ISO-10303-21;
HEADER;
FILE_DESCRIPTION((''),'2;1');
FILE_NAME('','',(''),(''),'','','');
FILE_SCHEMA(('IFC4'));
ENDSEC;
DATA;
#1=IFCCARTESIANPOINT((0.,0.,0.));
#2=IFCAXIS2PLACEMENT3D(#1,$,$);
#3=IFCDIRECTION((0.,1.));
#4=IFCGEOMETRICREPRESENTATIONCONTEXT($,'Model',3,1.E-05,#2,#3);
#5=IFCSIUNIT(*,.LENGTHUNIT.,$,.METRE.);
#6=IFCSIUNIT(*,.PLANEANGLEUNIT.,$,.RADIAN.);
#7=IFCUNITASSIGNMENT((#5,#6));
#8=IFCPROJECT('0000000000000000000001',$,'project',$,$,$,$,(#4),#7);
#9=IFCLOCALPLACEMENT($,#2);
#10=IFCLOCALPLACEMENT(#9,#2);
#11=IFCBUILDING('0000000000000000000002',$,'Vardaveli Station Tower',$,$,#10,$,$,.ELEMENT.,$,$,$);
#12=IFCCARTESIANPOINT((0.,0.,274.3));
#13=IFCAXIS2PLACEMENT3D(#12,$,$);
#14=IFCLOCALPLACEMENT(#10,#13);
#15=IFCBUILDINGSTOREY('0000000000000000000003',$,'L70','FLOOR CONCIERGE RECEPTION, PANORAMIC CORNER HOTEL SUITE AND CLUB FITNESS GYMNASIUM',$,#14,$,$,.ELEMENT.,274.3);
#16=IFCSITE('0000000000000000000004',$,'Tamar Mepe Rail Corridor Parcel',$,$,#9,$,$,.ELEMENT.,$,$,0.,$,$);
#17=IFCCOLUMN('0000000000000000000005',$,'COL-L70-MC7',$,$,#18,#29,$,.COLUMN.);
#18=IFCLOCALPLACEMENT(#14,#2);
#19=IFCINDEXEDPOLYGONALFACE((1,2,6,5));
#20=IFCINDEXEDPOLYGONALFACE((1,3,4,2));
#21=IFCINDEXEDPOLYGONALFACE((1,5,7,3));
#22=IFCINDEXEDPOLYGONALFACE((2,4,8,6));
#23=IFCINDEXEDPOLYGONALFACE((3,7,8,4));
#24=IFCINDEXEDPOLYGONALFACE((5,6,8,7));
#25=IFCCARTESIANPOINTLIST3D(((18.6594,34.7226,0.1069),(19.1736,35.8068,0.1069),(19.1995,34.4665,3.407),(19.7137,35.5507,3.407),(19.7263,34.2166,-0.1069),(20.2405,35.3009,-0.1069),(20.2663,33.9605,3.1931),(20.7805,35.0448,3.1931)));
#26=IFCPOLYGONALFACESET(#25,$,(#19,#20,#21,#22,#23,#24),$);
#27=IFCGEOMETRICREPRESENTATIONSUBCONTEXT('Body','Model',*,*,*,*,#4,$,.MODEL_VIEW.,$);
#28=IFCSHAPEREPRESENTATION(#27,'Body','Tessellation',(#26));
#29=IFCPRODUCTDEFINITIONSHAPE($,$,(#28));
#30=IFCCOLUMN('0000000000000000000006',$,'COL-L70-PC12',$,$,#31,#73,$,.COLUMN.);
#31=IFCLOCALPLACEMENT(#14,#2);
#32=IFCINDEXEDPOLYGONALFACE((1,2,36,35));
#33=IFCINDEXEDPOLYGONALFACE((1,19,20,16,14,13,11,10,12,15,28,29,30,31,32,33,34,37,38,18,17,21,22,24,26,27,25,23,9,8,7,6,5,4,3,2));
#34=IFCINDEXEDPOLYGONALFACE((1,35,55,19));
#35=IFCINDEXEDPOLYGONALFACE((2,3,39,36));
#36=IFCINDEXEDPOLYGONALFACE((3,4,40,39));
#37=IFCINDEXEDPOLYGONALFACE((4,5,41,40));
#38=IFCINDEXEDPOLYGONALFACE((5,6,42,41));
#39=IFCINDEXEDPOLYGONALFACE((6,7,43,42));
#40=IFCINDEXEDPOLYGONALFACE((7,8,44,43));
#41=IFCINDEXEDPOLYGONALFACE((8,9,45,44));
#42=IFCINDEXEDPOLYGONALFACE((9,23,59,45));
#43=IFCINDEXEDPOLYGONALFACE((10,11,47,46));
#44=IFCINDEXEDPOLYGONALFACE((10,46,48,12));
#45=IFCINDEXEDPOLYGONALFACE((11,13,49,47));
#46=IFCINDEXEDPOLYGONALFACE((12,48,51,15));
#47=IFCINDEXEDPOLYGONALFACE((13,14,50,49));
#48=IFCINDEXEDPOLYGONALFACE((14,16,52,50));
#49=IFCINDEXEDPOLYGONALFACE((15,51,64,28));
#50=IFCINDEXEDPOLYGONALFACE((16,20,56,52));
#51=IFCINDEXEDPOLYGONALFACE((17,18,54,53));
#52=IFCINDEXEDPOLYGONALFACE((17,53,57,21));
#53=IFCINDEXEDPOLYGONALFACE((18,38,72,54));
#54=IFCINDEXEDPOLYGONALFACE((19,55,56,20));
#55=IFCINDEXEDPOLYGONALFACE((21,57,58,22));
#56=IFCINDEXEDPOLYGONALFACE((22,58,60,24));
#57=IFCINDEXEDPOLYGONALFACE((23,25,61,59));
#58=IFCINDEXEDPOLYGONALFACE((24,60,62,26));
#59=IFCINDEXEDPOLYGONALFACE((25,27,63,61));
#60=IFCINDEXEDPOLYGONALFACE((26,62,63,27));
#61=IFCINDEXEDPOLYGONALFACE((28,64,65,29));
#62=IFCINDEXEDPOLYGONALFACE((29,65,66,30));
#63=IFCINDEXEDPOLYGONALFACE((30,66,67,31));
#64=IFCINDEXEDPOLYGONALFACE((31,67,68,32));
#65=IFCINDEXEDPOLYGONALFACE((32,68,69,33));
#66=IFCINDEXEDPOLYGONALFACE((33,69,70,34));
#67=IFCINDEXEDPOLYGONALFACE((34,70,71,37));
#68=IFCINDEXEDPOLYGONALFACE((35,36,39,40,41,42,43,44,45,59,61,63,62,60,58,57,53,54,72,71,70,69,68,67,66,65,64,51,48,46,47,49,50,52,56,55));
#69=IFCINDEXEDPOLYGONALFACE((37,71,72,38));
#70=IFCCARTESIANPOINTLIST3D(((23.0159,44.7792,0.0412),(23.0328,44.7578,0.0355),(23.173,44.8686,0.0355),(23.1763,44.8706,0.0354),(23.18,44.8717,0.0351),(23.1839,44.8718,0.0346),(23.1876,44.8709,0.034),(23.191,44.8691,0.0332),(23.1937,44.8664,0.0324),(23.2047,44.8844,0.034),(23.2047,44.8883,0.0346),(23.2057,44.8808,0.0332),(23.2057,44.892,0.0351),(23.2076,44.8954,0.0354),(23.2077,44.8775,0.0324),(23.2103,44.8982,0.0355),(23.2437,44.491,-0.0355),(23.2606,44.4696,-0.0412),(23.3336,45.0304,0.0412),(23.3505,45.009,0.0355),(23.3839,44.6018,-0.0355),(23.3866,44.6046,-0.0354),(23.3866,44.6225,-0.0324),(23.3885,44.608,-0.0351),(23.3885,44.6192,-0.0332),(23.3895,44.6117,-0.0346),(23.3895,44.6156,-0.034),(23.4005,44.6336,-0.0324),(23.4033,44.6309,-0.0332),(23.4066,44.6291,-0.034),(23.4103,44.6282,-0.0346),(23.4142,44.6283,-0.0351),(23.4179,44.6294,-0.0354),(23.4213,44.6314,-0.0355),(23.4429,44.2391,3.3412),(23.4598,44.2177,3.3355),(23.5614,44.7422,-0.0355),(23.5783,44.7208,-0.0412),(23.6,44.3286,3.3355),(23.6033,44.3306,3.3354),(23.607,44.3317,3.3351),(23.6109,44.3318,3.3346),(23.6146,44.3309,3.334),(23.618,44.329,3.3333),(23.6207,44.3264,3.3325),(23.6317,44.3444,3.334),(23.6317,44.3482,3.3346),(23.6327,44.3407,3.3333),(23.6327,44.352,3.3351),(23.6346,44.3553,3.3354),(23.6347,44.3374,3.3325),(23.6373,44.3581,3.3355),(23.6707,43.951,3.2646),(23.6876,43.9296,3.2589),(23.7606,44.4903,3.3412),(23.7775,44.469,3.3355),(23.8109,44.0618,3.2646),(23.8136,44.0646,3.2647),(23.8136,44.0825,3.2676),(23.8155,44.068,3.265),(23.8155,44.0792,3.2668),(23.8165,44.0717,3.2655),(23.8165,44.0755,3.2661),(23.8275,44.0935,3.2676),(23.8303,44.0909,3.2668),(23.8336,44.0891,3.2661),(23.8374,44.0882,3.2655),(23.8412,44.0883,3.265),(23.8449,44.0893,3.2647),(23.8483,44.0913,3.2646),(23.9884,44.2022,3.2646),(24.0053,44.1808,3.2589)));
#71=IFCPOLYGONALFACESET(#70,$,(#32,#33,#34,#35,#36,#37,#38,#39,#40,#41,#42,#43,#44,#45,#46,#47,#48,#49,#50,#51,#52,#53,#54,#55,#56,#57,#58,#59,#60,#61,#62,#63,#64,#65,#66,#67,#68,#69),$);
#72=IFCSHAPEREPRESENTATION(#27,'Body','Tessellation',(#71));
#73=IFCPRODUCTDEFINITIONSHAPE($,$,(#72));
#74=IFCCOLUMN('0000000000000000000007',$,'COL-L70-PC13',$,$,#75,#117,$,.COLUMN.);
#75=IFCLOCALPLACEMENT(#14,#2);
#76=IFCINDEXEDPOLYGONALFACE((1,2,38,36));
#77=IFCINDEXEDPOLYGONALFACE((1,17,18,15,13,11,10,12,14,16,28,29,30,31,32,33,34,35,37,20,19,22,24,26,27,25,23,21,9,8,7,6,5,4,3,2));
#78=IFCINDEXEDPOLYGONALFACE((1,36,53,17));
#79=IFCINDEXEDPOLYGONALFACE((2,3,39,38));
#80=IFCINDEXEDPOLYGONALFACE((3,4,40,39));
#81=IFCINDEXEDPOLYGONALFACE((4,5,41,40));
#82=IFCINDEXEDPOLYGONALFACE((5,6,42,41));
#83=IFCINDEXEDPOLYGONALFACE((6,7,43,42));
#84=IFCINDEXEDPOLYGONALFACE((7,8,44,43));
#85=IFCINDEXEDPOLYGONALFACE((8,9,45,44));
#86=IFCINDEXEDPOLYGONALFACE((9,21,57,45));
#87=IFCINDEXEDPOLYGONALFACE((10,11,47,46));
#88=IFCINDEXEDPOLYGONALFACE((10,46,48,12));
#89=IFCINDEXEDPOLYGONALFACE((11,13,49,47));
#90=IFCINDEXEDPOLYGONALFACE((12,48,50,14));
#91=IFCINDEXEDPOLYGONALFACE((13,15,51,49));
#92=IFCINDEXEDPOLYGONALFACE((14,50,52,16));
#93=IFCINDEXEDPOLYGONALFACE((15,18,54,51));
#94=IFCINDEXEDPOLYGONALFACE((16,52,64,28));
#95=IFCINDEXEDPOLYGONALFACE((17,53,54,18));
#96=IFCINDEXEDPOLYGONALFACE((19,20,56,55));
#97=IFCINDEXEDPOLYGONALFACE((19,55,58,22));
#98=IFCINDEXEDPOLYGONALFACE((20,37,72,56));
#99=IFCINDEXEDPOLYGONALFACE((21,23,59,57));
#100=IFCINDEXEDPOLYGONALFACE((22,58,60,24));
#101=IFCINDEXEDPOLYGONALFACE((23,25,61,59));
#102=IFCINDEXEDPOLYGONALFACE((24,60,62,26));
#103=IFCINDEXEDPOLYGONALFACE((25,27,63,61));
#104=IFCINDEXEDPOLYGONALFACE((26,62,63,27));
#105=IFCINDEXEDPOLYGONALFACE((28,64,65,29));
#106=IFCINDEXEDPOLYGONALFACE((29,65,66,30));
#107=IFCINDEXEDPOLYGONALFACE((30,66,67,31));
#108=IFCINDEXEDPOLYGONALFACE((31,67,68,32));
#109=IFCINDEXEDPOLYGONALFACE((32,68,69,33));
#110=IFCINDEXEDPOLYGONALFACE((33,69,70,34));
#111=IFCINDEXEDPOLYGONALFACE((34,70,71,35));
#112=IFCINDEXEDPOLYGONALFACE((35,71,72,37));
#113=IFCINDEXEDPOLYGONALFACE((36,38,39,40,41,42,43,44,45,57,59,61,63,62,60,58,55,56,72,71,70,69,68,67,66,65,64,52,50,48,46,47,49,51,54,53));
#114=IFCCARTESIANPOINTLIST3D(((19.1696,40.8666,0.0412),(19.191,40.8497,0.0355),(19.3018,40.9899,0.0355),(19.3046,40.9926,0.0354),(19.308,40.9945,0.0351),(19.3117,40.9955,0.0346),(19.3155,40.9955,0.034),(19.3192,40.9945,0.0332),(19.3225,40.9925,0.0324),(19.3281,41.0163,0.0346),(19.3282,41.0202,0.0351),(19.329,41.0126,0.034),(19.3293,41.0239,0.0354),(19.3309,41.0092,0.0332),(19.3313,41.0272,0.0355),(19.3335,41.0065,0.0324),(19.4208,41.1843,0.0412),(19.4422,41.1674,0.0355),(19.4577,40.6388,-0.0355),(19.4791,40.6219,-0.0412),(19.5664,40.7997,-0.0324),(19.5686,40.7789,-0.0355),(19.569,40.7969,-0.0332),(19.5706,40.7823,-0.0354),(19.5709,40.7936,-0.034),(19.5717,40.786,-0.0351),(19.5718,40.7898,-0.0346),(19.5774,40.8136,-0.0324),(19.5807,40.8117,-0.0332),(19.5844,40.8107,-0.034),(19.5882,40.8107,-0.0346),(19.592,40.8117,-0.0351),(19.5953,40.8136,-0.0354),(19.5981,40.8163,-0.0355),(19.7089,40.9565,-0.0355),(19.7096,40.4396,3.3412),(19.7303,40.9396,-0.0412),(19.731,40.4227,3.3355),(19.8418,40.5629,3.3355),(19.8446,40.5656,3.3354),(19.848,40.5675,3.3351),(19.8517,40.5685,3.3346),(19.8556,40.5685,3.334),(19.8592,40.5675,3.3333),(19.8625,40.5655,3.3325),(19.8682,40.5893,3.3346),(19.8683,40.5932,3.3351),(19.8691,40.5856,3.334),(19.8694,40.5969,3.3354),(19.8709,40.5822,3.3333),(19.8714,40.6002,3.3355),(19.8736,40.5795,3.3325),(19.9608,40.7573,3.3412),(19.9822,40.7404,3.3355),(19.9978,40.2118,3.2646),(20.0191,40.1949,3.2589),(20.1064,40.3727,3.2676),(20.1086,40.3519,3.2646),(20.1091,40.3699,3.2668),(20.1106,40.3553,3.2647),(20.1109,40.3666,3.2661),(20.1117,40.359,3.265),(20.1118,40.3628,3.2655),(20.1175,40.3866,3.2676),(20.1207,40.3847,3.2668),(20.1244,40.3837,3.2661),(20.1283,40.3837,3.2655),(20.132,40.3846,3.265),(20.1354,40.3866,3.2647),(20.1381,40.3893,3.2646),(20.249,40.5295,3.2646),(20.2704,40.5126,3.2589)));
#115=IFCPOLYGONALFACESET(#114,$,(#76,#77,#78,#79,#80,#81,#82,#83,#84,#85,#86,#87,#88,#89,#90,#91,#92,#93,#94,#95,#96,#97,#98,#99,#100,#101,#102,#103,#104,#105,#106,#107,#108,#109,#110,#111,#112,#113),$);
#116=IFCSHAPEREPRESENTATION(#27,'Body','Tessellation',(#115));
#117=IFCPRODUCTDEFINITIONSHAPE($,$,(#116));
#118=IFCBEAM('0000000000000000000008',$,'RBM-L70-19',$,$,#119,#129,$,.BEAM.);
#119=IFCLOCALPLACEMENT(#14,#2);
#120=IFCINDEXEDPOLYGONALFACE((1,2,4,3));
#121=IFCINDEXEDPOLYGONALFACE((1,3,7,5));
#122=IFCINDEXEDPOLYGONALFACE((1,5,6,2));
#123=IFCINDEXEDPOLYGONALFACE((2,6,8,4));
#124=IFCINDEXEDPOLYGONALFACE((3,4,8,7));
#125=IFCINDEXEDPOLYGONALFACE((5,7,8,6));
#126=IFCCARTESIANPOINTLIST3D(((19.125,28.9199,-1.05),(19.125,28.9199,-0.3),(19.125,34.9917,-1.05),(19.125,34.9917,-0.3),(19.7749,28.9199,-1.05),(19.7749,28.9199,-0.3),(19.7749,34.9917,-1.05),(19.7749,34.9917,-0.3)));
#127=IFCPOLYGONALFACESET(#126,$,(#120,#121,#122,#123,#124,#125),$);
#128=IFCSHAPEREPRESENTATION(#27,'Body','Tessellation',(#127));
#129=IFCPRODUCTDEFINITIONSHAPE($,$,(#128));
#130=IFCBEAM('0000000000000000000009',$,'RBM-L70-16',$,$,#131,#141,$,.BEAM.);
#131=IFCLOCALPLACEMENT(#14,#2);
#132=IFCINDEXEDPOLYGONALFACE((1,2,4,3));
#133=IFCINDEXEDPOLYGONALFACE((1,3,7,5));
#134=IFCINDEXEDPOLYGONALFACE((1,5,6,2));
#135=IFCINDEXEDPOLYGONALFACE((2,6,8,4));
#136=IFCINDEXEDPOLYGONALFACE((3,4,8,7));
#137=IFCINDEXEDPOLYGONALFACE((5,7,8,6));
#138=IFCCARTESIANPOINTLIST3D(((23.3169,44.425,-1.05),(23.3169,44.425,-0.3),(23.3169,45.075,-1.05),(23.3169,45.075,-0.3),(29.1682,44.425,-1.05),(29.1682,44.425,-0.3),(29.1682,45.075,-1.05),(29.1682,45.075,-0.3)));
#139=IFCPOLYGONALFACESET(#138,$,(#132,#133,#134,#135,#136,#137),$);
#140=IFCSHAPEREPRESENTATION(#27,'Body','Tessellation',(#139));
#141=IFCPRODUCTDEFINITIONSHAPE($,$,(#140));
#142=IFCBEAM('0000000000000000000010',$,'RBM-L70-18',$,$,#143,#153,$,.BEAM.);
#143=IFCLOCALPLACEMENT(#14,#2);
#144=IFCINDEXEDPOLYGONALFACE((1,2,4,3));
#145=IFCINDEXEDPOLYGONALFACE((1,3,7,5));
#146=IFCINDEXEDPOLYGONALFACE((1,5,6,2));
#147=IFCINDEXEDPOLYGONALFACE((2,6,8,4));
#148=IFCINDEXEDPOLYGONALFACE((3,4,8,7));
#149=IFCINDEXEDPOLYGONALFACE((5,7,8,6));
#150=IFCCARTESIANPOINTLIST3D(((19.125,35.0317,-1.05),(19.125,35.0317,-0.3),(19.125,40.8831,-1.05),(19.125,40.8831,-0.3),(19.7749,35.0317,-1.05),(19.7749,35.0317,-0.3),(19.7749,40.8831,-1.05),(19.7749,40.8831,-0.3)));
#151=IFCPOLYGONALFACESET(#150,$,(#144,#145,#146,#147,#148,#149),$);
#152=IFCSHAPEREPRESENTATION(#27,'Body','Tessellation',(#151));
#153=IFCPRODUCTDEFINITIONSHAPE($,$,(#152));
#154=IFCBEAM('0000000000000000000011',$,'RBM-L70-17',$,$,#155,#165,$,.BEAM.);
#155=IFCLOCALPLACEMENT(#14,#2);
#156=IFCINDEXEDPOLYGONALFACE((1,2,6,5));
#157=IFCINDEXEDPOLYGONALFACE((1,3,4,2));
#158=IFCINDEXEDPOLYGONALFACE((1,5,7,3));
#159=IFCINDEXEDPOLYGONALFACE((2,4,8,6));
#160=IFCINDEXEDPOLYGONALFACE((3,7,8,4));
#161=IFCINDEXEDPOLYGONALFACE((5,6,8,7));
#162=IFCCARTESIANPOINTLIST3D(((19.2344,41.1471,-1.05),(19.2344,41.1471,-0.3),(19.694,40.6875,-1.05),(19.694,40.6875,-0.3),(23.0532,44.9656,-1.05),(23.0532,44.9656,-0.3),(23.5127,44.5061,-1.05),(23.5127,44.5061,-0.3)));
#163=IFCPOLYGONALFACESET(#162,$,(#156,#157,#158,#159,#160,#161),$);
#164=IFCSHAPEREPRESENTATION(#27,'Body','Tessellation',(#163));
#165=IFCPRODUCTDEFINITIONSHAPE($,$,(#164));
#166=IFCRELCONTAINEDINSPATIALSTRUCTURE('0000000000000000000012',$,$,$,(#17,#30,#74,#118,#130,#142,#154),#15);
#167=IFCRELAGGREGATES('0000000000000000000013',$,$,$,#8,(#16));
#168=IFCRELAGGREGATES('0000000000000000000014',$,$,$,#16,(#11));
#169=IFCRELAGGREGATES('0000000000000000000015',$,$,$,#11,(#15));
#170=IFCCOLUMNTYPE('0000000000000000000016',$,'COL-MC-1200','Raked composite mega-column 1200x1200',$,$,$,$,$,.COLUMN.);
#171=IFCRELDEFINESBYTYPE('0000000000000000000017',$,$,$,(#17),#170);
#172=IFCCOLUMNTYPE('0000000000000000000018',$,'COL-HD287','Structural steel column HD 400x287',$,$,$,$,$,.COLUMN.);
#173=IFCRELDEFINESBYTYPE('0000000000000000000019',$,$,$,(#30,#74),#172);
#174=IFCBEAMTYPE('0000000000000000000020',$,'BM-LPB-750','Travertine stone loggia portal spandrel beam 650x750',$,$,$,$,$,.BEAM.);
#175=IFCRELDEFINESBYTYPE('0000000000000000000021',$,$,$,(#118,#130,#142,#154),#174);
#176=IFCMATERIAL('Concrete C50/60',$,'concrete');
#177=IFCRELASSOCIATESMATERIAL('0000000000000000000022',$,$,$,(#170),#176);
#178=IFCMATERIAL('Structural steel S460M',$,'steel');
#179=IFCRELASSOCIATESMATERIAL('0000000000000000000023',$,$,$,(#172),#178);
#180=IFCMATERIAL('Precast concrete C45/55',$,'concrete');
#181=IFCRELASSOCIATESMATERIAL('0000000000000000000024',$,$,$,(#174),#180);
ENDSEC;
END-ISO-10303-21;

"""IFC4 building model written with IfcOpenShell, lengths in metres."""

from ifc_helpers import new_model, si_unit, direction, frame, origin, origin_2d, place, context, subcontext, project, spatial, rectangle, i_section, extrude, source, transform, mapped, material, material_profile, profile_set, type_object, element, save


model = new_model("IFC4")

# Units and contexts
model_context = context("Model", 3, precision=1e-05, world=origin(), true_north=direction((0.0, 1.0)))
body_context = subcontext(model_context, "Body", "Model", "MODEL_VIEW")
ifc_project = project(units=[si_unit("LENGTHUNIT", "METRE"), si_unit("PLANEANGLEUNIT", "RADIAN")], contexts=[model_context])

# Site, building, storey
site_placement = place(None, origin())
site = spatial("IfcSite", under=ifc_project, at=site_placement, Name="Tamar Mepe Rail Corridor Parcel", CompositionType="ELEMENT", RefElevation=0.0)
building_placement = place(site_placement, origin())
building = spatial("IfcBuilding", under=site, at=building_placement, Name="Vardaveli Station Tower", CompositionType="ELEMENT")
storey_placement = place(building_placement, frame((0.0, 0.0, 274.3)))
storey = spatial("IfcBuildingStorey", under=building, at=storey_placement, Name="L70", Description="FLOOR CONCIERGE RECEPTION, PANORAMIC CORNER HOTEL SUITE AND CLUB FITNESS GYMNASIUM", CompositionType="ELEMENT", Elevation=274.3)

# Columns
ifc_material_1 = material(Name="Concrete C50/60", Category="concrete")
ifc_material_profile_1 = material_profile(ifc_material_1, rectangle(XDim=1.2, YDim=1.2, at=origin_2d()), Name="MC 1200x1200")
ifc_profile_set_1 = profile_set([ifc_material_profile_1], Name="Concrete C50/60")
column_type_1 = type_object("IfcColumnType", Name="COL-MC-1200", Description="Raked composite mega-column 1200x1200", PredefinedType="COLUMN", material=ifc_profile_set_1)
shared_shape_1 = source(origin(), body_context, "Body", "SweptSolid", [
    extrude(rectangle(XDim=1.2, YDim=1.2, at=origin_2d()), origin(), (0.0, 0.0, 1.0), 3.3538),
])
column_placement = place(storey_placement, frame((19.45, 35.0117, 0.0), z_axis=(0.161026, -0.076364, 0.983991), x_axis=(0.42849, 0.903546, 0.0)))
element("IfcColumn", 1, at=column_placement, inside=storey, type_object=column_type_1, Name="COL-L70-MC7", PredefinedType="COLUMN", context=body_context, shape_type="MappedRepresentation", body=[
    mapped(shared_shape_1, transform((0.0, 0.0, 0.0), scale=1.0)),
])
ifc_material_2 = material(Name="Structural steel S460M", Category="steel")
ifc_material_profile_2 = material_profile(ifc_material_2, i_section(OverallWidth=0.405, OverallDepth=0.4031, WebThickness=0.0178, FlangeThickness=0.0278, FilletRadius=0.0149, at=origin_2d()), Name="HD 400x287")
ifc_profile_set_2 = profile_set([ifc_material_profile_2], Name="Structural steel S460M")
column_type_2 = type_object("IfcColumnType", Name="COL-HD287", Description="Structural steel column HD 400x287", PredefinedType="COLUMN", material=ifc_profile_set_2)
shared_shape_2 = source(origin(), body_context, "Body", "SweptSolid", [
    extrude(i_section(OverallWidth=0.405, OverallDepth=0.4031, WebThickness=0.0178, FlangeThickness=0.0278, FilletRadius=0.0149, at=origin_2d()), origin(), (0.0, 0.0, 1.0), 3.3711),
])
for number, where, z_axis, x_axis, name in (
    (2, (23.2971, 44.75, 0.0), (0.126666, -0.160197, 0.978924), (0.78442, 0.620231, 0.0), "COL-L70-PC12"),
    (3, (19.45, 40.9031, 0.0), (0.160197, -0.126666, 0.978924), (0.620231, 0.78442, 0.0), "COL-L70-PC13"),
):
    element("IfcColumn", number, at=place(storey_placement, frame(where, z_axis=z_axis, x_axis=x_axis)), inside=storey, type_object=column_type_2, Name=name, PredefinedType="COLUMN", context=body_context, shape_type="MappedRepresentation", body=[
        mapped(shared_shape_2, transform((0.0, 0.0, 0.0), scale=1.0)),
    ])

# Beams
ifc_material_3 = material(Name="Precast concrete C45/55", Category="concrete")
ifc_material_profile_3 = material_profile(ifc_material_3, rectangle(XDim=0.6499, YDim=0.75, at=origin_2d()), Name="LPB 650x750")
ifc_profile_set_3 = profile_set([ifc_material_profile_3], Name="Precast concrete C45/55")
beam_type_1 = type_object("IfcBeamType", Name="BM-LPB-750", Description="Travertine stone loggia portal spandrel beam 650x750", PredefinedType="BEAM", material=ifc_profile_set_3)
shared_shape_3 = source(origin(), body_context, "Body", "SweptSolid", [
    extrude(rectangle(XDim=0.6499, YDim=0.75, at=origin_2d()), origin(), (0.0, 0.0, 1.0), 6.0718),
])
beam_1_placement = place(storey_placement, frame((19.45, 34.9917, -0.675), z_axis=(0.0, -1.0, 0.0), x_axis=(1.0, 0.0, 0.0)))
element("IfcBeam", 4, at=beam_1_placement, inside=storey, type_object=beam_type_1, Name="RBM-L70-19", PredefinedType="BEAM", context=body_context, shape_type="MappedRepresentation", body=[
    mapped(shared_shape_3, transform((0.0, 0.0, 0.0), scale=1.0)),
])
shared_shape_4 = source(origin(), body_context, "Body", "SweptSolid", [
    extrude(rectangle(XDim=0.6499, YDim=0.75, at=origin_2d()), origin(), (0.0, 0.0, 1.0), 5.8513),
])
for number, where, z_axis, x_axis, name in (
    (5, (29.1682, 44.75, -0.675), (-1.0, 0.0, 0.0), (0.0, -1.0, 0.0), "RBM-L70-16"),
    (6, (19.45, 40.8831, -0.675), (0.0, -1.0, 0.0), (1.0, 0.0, 0.0), "RBM-L70-18"),
):
    element("IfcBeam", number, at=place(storey_placement, frame(where, z_axis=z_axis, x_axis=x_axis)), inside=storey, type_object=beam_type_1, Name=name, PredefinedType="BEAM", context=body_context, shape_type="MappedRepresentation", body=[
        mapped(shared_shape_4, transform((0.0, 0.0, 0.0), scale=1.0)),
    ])
shared_shape_5 = source(origin(), body_context, "Body", "SweptSolid", [
    extrude(rectangle(XDim=0.6499, YDim=0.75, at=origin_2d()), origin(), (0.0, 0.0, 1.0), 5.4004),
])
beam_2_placement = place(storey_placement, frame((23.283, 44.7358, -0.675), z_axis=(-0.707129, -0.707084, 0.0), x_axis=(0.707084, -0.707129, 0.0)))
element("IfcBeam", 7, at=beam_2_placement, inside=storey, type_object=beam_type_1, Name="RBM-L70-17", PredefinedType="BEAM", context=body_context, shape_type="MappedRepresentation", body=[
    mapped(shared_shape_5, transform((0.0, 0.0, 0.0), scale=1.0)),
])

save(model, "model.ifc")
